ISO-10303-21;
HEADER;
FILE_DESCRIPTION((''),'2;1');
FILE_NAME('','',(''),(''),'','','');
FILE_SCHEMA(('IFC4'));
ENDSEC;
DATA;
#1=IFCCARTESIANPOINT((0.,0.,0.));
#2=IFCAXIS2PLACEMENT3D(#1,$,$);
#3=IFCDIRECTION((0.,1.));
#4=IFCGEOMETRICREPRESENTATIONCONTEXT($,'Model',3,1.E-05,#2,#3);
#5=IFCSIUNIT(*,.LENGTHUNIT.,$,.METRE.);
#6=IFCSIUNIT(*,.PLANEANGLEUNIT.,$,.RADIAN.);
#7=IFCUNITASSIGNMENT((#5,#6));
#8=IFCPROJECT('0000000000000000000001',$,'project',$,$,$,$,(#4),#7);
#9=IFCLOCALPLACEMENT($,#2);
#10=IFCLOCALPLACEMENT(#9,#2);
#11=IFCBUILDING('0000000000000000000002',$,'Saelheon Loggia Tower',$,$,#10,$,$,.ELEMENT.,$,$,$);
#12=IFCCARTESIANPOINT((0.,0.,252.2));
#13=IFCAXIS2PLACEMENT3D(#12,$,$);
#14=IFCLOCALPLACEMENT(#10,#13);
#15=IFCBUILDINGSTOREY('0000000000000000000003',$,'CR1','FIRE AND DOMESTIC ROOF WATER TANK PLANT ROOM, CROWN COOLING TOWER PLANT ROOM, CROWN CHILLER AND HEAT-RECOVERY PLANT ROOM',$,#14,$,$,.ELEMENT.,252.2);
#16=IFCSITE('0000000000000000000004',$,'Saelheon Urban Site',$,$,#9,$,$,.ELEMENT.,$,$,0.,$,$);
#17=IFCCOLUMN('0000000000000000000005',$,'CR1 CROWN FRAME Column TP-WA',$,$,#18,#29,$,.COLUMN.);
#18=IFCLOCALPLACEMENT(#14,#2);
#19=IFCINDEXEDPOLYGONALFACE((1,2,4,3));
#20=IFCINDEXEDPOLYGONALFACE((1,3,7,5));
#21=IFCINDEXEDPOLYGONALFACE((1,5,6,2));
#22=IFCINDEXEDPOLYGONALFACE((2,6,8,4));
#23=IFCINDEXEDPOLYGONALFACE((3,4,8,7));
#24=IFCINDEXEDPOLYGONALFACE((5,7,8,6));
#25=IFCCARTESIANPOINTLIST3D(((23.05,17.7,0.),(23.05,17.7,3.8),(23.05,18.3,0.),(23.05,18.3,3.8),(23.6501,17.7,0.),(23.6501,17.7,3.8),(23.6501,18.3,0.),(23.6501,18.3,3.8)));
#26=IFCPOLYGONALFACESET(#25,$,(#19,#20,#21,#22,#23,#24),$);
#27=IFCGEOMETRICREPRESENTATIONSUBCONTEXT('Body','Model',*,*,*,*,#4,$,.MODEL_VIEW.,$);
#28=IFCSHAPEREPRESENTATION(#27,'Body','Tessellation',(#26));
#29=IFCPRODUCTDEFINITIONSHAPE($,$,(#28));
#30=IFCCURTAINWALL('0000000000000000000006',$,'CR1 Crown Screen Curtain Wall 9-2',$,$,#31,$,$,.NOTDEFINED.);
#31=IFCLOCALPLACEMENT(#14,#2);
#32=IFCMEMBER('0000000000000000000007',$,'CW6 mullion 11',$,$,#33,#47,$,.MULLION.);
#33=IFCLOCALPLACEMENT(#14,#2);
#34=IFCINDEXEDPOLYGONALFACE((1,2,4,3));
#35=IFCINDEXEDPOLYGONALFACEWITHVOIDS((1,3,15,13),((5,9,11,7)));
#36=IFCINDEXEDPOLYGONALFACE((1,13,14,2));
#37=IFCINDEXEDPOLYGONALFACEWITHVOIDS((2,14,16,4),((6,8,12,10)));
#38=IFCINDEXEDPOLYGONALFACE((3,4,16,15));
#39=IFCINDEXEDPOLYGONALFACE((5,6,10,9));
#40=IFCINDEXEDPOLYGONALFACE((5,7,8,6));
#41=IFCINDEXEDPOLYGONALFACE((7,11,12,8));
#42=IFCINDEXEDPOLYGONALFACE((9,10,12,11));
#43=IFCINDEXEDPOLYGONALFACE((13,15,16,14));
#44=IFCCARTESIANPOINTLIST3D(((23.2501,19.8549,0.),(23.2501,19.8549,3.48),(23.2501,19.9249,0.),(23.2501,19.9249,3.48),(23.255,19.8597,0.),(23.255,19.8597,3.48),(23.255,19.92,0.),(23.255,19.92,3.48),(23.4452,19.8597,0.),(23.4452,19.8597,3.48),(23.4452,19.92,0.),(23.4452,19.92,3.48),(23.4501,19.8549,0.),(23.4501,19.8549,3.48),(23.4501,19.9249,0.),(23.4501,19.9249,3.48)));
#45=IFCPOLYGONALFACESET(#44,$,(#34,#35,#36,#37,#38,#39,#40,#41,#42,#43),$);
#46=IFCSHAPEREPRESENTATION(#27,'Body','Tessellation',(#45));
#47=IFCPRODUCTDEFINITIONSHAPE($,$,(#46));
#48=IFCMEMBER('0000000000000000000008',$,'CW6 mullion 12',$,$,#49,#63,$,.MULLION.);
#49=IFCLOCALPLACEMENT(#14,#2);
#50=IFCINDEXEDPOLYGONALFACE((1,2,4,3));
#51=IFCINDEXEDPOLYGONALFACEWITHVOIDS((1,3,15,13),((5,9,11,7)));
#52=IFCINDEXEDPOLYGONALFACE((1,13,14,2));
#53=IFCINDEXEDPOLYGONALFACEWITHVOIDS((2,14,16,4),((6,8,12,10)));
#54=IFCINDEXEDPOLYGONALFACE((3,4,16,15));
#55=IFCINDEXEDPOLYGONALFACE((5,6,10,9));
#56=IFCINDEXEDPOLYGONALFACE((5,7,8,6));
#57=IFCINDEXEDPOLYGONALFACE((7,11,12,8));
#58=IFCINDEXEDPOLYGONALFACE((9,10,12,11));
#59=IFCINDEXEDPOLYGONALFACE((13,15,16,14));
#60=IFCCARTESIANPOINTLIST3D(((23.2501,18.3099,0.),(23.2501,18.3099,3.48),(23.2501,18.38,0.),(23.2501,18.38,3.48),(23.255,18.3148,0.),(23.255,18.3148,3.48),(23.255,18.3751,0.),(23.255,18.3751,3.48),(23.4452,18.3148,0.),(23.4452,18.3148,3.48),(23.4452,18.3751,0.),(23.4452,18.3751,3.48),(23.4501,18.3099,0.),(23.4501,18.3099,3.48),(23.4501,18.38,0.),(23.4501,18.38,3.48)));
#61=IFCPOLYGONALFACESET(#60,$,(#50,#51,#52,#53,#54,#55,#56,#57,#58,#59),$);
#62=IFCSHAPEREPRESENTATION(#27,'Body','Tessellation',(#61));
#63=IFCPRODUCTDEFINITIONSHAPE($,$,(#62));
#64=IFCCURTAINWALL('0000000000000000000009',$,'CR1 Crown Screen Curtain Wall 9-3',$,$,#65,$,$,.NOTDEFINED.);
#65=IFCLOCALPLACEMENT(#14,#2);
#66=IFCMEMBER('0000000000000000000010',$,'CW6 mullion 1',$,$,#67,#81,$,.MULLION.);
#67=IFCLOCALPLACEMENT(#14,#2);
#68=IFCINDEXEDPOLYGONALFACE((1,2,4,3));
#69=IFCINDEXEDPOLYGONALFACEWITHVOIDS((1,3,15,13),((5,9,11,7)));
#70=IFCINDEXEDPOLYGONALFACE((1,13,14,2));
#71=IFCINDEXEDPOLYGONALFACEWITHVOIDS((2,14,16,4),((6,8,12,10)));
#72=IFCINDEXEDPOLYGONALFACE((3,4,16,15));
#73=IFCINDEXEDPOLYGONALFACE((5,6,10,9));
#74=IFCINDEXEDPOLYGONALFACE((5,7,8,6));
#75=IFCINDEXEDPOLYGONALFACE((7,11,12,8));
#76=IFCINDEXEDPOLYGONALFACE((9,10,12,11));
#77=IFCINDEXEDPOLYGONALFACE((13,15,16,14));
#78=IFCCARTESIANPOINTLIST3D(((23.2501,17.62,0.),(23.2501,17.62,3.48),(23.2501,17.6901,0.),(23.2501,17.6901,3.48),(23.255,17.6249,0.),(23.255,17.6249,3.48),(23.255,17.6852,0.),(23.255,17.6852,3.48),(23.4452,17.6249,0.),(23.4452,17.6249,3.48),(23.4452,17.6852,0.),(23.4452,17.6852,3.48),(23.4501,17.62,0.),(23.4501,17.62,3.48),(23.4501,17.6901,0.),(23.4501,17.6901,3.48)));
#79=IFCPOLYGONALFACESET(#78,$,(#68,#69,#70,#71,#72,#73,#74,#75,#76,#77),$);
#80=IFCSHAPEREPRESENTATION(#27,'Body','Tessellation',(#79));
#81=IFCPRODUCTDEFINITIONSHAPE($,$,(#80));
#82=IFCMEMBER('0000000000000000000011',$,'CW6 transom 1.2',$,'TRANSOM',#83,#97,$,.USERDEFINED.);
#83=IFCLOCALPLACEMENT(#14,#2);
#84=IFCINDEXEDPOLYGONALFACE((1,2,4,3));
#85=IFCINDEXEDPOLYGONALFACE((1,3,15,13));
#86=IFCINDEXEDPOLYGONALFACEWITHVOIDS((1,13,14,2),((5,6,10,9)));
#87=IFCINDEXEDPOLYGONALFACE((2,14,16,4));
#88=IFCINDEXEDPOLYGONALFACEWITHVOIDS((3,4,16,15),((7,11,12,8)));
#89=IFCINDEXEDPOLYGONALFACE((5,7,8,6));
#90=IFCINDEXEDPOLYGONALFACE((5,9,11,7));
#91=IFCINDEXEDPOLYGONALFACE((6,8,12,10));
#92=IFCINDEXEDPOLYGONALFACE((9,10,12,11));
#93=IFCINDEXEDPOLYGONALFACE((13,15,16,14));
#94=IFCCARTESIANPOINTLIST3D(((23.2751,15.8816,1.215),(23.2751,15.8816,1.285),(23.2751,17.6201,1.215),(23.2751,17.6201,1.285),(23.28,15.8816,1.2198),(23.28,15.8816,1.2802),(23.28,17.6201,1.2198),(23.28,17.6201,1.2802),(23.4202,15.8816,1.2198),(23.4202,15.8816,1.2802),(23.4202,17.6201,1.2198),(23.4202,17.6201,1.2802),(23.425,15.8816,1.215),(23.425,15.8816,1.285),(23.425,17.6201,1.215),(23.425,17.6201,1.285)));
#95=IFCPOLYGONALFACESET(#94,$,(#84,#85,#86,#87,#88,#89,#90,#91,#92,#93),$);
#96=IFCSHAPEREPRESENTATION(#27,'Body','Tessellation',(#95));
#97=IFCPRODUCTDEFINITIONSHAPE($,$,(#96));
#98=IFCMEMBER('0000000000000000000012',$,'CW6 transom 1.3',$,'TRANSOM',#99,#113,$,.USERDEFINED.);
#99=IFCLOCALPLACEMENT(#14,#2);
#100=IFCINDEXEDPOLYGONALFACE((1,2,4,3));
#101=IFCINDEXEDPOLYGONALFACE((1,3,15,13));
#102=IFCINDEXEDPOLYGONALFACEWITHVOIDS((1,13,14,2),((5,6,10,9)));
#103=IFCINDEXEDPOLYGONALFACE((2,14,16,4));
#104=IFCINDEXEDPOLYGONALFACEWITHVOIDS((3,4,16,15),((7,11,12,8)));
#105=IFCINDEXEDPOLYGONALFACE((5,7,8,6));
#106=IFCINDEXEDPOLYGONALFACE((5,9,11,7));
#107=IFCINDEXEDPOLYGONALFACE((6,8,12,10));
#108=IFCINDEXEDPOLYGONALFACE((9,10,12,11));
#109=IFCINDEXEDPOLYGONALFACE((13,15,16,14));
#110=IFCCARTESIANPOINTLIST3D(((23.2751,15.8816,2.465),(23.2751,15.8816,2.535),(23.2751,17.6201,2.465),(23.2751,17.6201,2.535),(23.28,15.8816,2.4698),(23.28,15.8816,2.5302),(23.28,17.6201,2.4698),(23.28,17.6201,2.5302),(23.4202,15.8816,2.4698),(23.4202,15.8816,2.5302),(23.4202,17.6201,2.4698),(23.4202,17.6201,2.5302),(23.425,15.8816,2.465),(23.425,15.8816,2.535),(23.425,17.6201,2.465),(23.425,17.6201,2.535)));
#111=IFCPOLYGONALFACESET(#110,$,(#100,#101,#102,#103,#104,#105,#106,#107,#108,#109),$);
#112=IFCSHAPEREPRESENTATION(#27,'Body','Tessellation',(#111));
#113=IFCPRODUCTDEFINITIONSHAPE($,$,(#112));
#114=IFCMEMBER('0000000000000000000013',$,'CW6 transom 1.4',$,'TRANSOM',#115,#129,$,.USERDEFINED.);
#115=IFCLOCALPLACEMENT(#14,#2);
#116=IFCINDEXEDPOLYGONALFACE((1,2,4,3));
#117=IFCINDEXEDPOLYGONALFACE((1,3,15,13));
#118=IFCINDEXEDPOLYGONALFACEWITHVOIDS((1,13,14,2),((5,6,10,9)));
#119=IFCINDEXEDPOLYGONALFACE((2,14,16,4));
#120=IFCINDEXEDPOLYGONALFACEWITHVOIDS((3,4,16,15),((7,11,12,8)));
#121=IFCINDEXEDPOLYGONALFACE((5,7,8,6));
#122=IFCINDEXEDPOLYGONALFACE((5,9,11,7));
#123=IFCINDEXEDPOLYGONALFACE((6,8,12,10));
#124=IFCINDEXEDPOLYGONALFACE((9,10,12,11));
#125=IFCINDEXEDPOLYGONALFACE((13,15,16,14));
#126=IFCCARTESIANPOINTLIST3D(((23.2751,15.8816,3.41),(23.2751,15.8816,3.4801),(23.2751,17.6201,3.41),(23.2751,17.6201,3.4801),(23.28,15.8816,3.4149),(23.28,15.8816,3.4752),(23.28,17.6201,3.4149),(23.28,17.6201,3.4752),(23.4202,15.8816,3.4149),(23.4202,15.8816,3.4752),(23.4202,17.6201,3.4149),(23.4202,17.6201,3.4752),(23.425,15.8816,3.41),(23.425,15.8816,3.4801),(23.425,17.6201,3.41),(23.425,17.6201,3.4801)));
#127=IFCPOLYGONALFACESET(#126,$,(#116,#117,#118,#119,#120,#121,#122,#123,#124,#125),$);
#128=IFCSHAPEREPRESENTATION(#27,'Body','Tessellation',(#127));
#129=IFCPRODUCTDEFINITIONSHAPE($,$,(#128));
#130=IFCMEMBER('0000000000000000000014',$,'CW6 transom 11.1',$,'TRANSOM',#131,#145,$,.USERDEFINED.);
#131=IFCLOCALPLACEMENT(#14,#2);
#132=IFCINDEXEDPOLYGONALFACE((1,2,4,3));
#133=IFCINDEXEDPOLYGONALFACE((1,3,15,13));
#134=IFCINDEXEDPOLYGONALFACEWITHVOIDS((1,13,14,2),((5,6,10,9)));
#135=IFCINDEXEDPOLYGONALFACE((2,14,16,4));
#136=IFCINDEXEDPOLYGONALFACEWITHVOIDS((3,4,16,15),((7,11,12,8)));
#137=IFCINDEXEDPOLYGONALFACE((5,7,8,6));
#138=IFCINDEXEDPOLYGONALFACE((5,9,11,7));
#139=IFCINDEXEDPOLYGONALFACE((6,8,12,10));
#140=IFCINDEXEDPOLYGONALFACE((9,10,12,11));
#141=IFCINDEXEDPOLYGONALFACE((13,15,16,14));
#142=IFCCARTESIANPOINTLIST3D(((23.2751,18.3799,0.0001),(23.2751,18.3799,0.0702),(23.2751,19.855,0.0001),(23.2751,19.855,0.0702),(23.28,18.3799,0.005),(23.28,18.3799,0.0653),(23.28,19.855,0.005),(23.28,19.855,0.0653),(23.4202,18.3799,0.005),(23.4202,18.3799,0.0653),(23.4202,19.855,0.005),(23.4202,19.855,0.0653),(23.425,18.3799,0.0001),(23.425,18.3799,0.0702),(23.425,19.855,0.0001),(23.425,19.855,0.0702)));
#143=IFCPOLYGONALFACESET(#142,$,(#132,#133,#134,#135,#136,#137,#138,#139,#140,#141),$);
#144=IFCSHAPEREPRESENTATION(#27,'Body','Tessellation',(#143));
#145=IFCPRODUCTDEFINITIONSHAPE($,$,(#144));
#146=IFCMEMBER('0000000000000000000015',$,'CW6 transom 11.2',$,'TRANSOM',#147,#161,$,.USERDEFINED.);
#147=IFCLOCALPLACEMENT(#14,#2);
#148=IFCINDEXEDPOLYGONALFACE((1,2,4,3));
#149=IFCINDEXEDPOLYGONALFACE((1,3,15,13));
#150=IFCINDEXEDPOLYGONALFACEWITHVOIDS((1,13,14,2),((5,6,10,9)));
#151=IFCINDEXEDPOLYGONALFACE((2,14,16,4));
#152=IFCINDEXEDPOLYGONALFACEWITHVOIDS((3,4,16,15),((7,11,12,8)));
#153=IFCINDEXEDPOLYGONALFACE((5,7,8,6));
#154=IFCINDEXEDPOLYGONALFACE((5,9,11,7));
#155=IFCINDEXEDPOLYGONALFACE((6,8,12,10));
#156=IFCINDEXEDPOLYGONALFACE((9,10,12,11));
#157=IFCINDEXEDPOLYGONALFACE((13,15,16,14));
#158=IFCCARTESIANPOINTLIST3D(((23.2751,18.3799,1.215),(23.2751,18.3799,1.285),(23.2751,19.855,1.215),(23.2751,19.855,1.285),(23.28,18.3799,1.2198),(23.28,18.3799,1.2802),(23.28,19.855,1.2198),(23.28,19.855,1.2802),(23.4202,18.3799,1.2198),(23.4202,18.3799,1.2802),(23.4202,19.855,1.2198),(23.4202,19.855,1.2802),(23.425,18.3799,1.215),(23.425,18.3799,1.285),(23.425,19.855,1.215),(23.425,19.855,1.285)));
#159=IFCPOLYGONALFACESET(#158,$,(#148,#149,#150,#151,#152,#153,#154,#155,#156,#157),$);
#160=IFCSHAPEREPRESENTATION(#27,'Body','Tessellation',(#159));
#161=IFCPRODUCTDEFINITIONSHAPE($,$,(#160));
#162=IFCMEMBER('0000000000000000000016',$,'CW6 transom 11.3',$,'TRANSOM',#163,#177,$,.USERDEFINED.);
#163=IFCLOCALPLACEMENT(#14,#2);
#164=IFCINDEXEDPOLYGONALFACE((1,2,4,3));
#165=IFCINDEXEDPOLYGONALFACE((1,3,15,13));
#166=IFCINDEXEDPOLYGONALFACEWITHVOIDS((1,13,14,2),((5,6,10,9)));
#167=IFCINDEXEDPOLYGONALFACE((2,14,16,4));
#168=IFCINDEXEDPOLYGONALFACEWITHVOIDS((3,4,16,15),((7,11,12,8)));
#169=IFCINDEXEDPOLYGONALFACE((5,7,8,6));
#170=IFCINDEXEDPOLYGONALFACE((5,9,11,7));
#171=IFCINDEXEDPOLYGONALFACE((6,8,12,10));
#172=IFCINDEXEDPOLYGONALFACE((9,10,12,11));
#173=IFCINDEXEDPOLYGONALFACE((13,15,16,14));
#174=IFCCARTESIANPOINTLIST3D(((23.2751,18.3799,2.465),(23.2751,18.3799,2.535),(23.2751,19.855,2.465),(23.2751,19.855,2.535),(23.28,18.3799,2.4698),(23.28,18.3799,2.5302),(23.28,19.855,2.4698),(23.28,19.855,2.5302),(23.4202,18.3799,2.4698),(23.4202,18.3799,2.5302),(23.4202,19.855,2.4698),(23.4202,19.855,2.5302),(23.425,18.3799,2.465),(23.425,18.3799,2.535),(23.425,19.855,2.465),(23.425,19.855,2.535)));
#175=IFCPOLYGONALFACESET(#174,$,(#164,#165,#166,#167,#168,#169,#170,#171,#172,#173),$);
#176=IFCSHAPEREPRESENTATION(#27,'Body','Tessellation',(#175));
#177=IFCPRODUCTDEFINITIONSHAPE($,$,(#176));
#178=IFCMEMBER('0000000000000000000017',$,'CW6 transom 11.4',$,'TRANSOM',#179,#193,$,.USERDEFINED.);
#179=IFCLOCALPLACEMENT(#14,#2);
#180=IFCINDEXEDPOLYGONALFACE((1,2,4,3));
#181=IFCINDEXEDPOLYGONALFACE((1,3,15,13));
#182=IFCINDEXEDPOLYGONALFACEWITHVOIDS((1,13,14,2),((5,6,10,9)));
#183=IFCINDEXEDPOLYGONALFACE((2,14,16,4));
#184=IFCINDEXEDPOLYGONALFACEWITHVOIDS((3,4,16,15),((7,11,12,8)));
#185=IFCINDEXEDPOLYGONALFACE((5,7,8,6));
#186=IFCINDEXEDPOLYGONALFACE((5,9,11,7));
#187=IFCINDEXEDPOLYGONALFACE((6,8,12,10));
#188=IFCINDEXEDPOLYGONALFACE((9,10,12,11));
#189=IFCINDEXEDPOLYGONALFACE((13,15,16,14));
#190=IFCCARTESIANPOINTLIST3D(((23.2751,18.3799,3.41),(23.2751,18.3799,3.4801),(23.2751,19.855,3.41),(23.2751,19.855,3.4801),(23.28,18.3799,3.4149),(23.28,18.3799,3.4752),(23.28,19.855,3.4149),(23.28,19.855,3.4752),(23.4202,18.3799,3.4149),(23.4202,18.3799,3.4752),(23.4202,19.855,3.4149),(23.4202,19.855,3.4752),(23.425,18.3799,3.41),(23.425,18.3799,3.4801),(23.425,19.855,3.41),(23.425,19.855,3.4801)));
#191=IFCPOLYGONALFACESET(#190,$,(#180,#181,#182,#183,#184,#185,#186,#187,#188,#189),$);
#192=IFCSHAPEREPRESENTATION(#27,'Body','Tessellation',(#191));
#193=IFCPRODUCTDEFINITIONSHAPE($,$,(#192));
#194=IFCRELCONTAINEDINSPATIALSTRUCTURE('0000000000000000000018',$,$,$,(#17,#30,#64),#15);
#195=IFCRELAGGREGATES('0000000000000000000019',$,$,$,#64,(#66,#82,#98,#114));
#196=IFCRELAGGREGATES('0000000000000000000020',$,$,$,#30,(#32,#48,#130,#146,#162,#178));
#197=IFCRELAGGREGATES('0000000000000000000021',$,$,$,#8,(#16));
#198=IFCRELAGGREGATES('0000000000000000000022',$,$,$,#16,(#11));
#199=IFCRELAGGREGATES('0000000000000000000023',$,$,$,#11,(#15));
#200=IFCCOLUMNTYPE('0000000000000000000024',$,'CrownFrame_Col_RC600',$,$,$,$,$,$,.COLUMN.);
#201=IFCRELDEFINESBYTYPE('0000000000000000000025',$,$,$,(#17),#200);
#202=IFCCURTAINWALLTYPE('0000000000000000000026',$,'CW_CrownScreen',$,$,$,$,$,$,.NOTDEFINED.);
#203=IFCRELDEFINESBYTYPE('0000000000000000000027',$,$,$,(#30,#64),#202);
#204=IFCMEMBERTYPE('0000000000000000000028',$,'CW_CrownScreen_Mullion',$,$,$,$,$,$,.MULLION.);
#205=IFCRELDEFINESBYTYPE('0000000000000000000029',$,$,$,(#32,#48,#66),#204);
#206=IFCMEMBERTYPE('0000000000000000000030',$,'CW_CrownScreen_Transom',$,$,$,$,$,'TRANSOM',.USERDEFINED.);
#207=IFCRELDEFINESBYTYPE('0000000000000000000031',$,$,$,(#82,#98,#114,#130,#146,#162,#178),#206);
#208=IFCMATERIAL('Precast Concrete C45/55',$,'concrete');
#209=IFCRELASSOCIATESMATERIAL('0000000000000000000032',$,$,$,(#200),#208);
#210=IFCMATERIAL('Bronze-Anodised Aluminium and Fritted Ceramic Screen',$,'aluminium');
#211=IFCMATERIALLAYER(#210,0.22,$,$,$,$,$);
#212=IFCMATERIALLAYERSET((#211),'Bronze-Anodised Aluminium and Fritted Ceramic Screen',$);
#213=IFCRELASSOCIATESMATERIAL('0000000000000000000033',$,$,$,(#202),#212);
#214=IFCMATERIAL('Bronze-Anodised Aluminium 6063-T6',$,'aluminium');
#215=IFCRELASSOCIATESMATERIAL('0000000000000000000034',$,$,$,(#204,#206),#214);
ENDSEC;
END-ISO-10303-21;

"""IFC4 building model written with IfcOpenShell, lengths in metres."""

from ifc_helpers import new_model, si_unit, direction, frame, origin, origin_2d, place, context, subcontext, project, spatial, rectangle, hollow_rectangle, extrude, source, transform, mapped, material, layer, layer_set, material_profile, profile_set, type_object, element, aggregate, save


model = new_model("IFC4")

# Units and contexts
model_context = context("Model", 3, precision=1e-05, world=origin(), true_north=direction((0.0, 1.0)))
body_context = subcontext(model_context, "Body", "Model", "MODEL_VIEW")
ifc_project = project(units=[si_unit("LENGTHUNIT", "METRE"), si_unit("PLANEANGLEUNIT", "RADIAN")], contexts=[model_context])

# Site, building, storey
site_placement = place(None, origin())
site = spatial("IfcSite", under=ifc_project, at=site_placement, Name="Saelheon Urban Site", CompositionType="ELEMENT", RefElevation=0.0)
building_placement = place(site_placement, origin())
building = spatial("IfcBuilding", under=site, at=building_placement, Name="Saelheon Loggia Tower", CompositionType="ELEMENT")
storey_placement = place(building_placement, frame((0.0, 0.0, 252.2)))
storey = spatial("IfcBuildingStorey", under=building, at=storey_placement, Name="CR1", Description="FIRE AND DOMESTIC ROOF WATER TANK PLANT ROOM, CROWN COOLING TOWER PLANT ROOM, CROWN CHILLER AND HEAT-RECOVERY PLANT ROOM", CompositionType="ELEMENT", Elevation=252.2)

# Column
ifc_material_1 = material(Name="Precast Concrete C45/55", Category="concrete")
ifc_material_profile_1 = material_profile(ifc_material_1, rectangle(XDim=0.6001, YDim=0.6001, at=origin_2d()), Name="RC-600x600")
ifc_profile_set_1 = profile_set([ifc_material_profile_1], Name="Precast Concrete C45/55")
column_type = type_object("IfcColumnType", Name="CrownFrame_Col_RC600", PredefinedType="COLUMN", material=ifc_profile_set_1)
shared_shape_1 = source(origin(), body_context, "Body", "SweptSolid", [
    extrude(rectangle(XDim=0.6001, YDim=0.6001, at=origin_2d()), origin(), (0.0, 0.0, 1.0), 3.8),
])
column_placement = place(storey_placement, frame((23.3501, 18.0, 0.0), z_axis=(0.0, 0.0, 1.0), x_axis=(1.0, 0.0, 0.0)))
element("IfcColumn", 1, at=column_placement, inside=storey, type_object=column_type, Name="CR1 CROWN FRAME Column TP-WA", PredefinedType="COLUMN", context=body_context, shape_type="MappedRepresentation", body=[
    mapped(shared_shape_1, transform((0.0, 0.0, 0.0), scale=1.0)),
])

# Curtain walls, members
ifc_material_2 = material(Name="Bronze-Anodised Aluminium and Fritted Ceramic Screen", Category="aluminium")
ifc_layer_1 = layer(ifc_material_2, 0.22)
ifc_layer_set_1 = layer_set([ifc_layer_1], Name="Bronze-Anodised Aluminium and Fritted Ceramic Screen")
curtain_wall_type = type_object("IfcCurtainWallType", Name="CW_CrownScreen", PredefinedType="NOTDEFINED", material=ifc_layer_set_1)
curtain_wall_1_placement = place(storey_placement, origin())
curtain_wall_1 = element("IfcCurtainWall", 2, at=curtain_wall_1_placement, inside=storey, type_object=curtain_wall_type, Name="CR1 Crown Screen Curtain Wall 9-2", PredefinedType="NOTDEFINED")
ifc_material_3 = material(Name="Bronze-Anodised Aluminium 6063-T6", Category="aluminium")
ifc_material_profile_2 = material_profile(ifc_material_3, hollow_rectangle(XDim=0.0701, YDim=0.2, WallThickness=0.0049, at=origin_2d()), Name="RHS-200x70x5")
ifc_profile_set_2 = profile_set([ifc_material_profile_2], Name="Bronze-Anodised Aluminium 6063-T6")
member_type_1 = type_object("IfcMemberType", Name="CW_CrownScreen_Mullion", PredefinedType="MULLION", material=ifc_profile_set_2)
shared_shape_2 = source(origin(), body_context, "Body", "SweptSolid", [
    extrude(hollow_rectangle(XDim=0.0701, YDim=0.2, WallThickness=0.0049, at=origin_2d()), origin(), (0.0, 0.0, 1.0), 3.48),
])
member_1_placement = place(storey_placement, frame((23.3501, 19.8899, 0.0), z_axis=(0.0, 0.0, 1.0), x_axis=(0.0, -1.0, 0.0)))
member_1 = element("IfcMember", 3, at=member_1_placement, type_object=member_type_1, Name="CW6 mullion 11", PredefinedType="MULLION", context=body_context, shape_type="MappedRepresentation", body=[
    mapped(shared_shape_2, transform((0.0, 0.0, 0.0), scale=1.0)),
])
member_2_placement = place(storey_placement, frame((23.3501, 18.345, 0.0), z_axis=(0.0, 0.0, 1.0), x_axis=(0.0, -1.0, 0.0)))
member_2 = element("IfcMember", 4, at=member_2_placement, type_object=member_type_1, Name="CW6 mullion 12", PredefinedType="MULLION", context=body_context, shape_type="MappedRepresentation", body=[
    mapped(shared_shape_2, transform((0.0, 0.0, 0.0), scale=1.0)),
])
curtain_wall_2_placement = place(storey_placement, origin())
curtain_wall_2 = element("IfcCurtainWall", 5, at=curtain_wall_2_placement, inside=storey, type_object=curtain_wall_type, Name="CR1 Crown Screen Curtain Wall 9-3", PredefinedType="NOTDEFINED")
member_3_placement = place(storey_placement, frame((23.3501, 17.655, 0.0), z_axis=(0.0, 0.0, 1.0), x_axis=(0.0, -1.0, 0.0)))
member_3 = element("IfcMember", 6, at=member_3_placement, type_object=member_type_1, Name="CW6 mullion 1", PredefinedType="MULLION", context=body_context, shape_type="MappedRepresentation", body=[
    mapped(shared_shape_2, transform((0.0, 0.0, 0.0), scale=1.0)),
])
ifc_material_profile_3 = material_profile(ifc_material_3, hollow_rectangle(XDim=0.0701, YDim=0.1499, WallThickness=0.0049, at=origin_2d()), Name="RHS-150x70x5")
ifc_profile_set_3 = profile_set([ifc_material_profile_3], Name="Bronze-Anodised Aluminium 6063-T6")
member_type_2 = type_object("IfcMemberType", Name="CW_CrownScreen_Transom", ElementType="TRANSOM", PredefinedType="USERDEFINED", material=ifc_profile_set_3)
shared_shape_3 = source(origin(), body_context, "Body", "SweptSolid", [
    extrude(hollow_rectangle(XDim=0.0701, YDim=0.1499, WallThickness=0.0049, at=origin_2d()), origin(), (0.0, 0.0, 1.0), 1.7385),
])
member_4_placement = place(storey_placement, frame((23.3501, 17.6201, 1.25), z_axis=(0.0, -1.0, 0.0), x_axis=(0.0, 0.0, 1.0)))
member_4 = element("IfcMember", 7, at=member_4_placement, type_object=member_type_2, Name="CW6 transom 1.2", ObjectType="TRANSOM", PredefinedType="USERDEFINED", context=body_context, shape_type="MappedRepresentation", body=[
    mapped(shared_shape_3, transform((0.0, 0.0, 0.0), scale=1.0)),
])
member_5_placement = place(storey_placement, frame((23.3501, 17.6201, 2.5), z_axis=(0.0, -1.0, 0.0), x_axis=(0.0, 0.0, 1.0)))
member_5 = element("IfcMember", 8, at=member_5_placement, type_object=member_type_2, Name="CW6 transom 1.3", ObjectType="TRANSOM", PredefinedType="USERDEFINED", context=body_context, shape_type="MappedRepresentation", body=[
    mapped(shared_shape_3, transform((0.0, 0.0, 0.0), scale=1.0)),
])
member_6_placement = place(storey_placement, frame((23.3501, 17.6201, 3.4451), z_axis=(0.0, -1.0, 0.0), x_axis=(0.0, 0.0, 1.0)))
member_6 = element("IfcMember", 9, at=member_6_placement, type_object=member_type_2, Name="CW6 transom 1.4", ObjectType="TRANSOM", PredefinedType="USERDEFINED", context=body_context, shape_type="MappedRepresentation", body=[
    mapped(shared_shape_3, transform((0.0, 0.0, 0.0), scale=1.0)),
])
aggregate(curtain_wall_2, [member_3, member_4, member_5, member_6])

# Members
shared_shape_4 = source(origin(), body_context, "Body", "SweptSolid", [
    extrude(hollow_rectangle(XDim=0.0701, YDim=0.1499, WallThickness=0.0049, at=origin_2d()), origin(), (0.0, 0.0, 1.0), 1.4751),
])
member_7_placement = place(storey_placement, frame((23.3501, 19.855, 0.0352), z_axis=(0.0, -1.0, 0.0), x_axis=(0.0, 0.0, 1.0)))
member_7 = element("IfcMember", 10, at=member_7_placement, type_object=member_type_2, Name="CW6 transom 11.1", ObjectType="TRANSOM", PredefinedType="USERDEFINED", context=body_context, shape_type="MappedRepresentation", body=[
    mapped(shared_shape_4, transform((0.0, 0.0, 0.0), scale=1.0)),
])
member_8_placement = place(storey_placement, frame((23.3501, 19.855, 1.25), z_axis=(0.0, -1.0, 0.0), x_axis=(0.0, 0.0, 1.0)))
member_8 = element("IfcMember", 11, at=member_8_placement, type_object=member_type_2, Name="CW6 transom 11.2", ObjectType="TRANSOM", PredefinedType="USERDEFINED", context=body_context, shape_type="MappedRepresentation", body=[
    mapped(shared_shape_4, transform((0.0, 0.0, 0.0), scale=1.0)),
])
member_9_placement = place(storey_placement, frame((23.3501, 19.855, 2.5), z_axis=(0.0, -1.0, 0.0), x_axis=(0.0, 0.0, 1.0)))
member_9 = element("IfcMember", 12, at=member_9_placement, type_object=member_type_2, Name="CW6 transom 11.3", ObjectType="TRANSOM", PredefinedType="USERDEFINED", context=body_context, shape_type="MappedRepresentation", body=[
    mapped(shared_shape_4, transform((0.0, 0.0, 0.0), scale=1.0)),
])
member_10_placement = place(storey_placement, frame((23.3501, 19.855, 3.4451), z_axis=(0.0, -1.0, 0.0), x_axis=(0.0, 0.0, 1.0)))
member_10 = element("IfcMember", 13, at=member_10_placement, type_object=member_type_2, Name="CW6 transom 11.4", ObjectType="TRANSOM", PredefinedType="USERDEFINED", context=body_context, shape_type="MappedRepresentation", body=[
    mapped(shared_shape_4, transform((0.0, 0.0, 0.0), scale=1.0)),
])

aggregate(curtain_wall_1, [member_1, member_2, member_7, member_8, member_9, member_10])

save(model, "model.ifc")
